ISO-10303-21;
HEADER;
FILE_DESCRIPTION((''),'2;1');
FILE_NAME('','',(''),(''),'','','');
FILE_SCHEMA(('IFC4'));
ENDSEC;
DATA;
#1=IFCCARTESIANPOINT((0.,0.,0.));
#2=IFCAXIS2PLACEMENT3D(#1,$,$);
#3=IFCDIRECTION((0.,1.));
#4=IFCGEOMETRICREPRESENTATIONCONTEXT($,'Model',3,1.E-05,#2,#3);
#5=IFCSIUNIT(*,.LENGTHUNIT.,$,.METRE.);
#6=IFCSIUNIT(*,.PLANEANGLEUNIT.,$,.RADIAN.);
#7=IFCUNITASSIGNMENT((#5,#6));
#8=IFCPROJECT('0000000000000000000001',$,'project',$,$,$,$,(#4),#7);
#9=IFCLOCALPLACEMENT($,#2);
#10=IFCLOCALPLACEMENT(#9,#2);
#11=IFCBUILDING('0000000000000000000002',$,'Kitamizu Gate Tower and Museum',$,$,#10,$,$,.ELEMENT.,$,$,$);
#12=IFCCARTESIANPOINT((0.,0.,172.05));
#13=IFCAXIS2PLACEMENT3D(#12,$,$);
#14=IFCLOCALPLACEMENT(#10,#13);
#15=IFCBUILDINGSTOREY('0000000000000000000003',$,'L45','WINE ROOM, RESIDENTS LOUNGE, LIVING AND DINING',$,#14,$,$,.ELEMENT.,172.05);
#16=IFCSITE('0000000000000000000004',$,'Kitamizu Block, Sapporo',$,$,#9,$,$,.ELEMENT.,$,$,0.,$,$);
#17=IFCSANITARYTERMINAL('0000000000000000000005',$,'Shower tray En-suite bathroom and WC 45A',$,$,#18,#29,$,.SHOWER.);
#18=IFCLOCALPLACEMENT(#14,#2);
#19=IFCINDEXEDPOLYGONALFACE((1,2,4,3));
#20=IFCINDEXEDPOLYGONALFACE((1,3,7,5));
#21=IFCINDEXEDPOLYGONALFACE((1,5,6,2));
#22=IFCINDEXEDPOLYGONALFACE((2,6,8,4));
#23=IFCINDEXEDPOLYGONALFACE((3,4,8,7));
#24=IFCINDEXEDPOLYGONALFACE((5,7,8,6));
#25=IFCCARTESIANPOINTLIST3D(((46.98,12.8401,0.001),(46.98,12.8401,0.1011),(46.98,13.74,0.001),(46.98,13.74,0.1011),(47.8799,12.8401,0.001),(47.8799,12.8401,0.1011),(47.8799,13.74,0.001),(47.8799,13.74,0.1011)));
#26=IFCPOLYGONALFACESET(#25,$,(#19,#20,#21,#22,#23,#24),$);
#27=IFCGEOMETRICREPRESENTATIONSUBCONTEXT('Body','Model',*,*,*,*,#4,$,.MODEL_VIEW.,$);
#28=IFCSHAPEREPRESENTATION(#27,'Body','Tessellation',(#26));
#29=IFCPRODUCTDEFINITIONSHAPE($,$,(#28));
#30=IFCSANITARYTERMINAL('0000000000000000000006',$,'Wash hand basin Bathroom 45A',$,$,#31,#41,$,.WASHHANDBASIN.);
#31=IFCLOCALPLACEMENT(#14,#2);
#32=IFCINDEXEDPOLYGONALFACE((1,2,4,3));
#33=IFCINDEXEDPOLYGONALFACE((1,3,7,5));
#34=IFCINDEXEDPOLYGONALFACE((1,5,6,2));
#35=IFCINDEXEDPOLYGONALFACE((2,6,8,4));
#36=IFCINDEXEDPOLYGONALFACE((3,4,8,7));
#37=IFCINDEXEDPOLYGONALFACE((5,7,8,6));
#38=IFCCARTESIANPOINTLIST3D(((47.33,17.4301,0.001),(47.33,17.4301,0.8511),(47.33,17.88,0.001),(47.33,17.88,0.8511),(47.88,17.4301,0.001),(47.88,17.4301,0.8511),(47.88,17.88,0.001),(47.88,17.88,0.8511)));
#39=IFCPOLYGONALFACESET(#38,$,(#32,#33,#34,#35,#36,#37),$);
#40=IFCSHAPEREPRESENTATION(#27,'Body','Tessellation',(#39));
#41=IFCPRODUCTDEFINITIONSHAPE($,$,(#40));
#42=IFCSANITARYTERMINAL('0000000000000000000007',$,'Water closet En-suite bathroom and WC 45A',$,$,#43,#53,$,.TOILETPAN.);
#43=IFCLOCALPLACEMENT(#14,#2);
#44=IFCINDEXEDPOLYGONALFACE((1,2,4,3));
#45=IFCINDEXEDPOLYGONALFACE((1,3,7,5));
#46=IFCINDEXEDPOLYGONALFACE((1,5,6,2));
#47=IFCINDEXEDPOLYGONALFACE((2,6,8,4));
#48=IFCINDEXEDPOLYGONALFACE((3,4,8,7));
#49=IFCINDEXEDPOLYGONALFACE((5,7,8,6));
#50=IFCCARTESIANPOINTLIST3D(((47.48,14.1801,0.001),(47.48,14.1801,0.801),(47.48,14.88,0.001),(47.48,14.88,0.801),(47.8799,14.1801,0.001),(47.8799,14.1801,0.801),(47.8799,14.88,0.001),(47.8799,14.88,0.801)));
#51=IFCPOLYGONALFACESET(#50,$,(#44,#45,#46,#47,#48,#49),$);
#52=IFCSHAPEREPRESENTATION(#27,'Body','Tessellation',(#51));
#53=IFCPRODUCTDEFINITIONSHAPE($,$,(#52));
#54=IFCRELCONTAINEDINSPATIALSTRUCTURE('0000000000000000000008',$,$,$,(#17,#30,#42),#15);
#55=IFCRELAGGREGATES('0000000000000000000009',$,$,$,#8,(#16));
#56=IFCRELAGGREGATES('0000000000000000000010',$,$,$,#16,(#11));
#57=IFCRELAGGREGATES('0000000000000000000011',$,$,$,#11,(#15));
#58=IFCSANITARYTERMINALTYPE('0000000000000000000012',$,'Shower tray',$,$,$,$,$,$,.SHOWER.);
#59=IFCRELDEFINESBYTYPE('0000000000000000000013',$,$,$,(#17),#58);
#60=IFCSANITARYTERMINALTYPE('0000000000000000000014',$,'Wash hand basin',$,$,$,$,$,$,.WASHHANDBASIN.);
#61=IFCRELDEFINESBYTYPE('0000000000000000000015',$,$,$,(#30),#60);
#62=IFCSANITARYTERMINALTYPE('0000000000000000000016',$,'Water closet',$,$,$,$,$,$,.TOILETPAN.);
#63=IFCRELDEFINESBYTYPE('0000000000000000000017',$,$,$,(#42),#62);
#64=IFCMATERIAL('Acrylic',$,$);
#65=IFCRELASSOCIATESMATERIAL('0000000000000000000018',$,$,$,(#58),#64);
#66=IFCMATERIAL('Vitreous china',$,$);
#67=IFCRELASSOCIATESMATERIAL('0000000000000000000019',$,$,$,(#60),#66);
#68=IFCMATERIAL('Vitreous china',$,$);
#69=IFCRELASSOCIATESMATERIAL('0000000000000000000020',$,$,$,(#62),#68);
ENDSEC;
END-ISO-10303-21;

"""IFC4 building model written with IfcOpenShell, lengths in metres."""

from ifc_helpers import new_model, si_unit, direction, frame, origin, origin_2d, place, context, subcontext, project, spatial, rectangle, extrude, material, type_object, element, save


model = new_model("IFC4")

# Units and contexts
model_context = context("Model", 3, precision=1e-05, world=origin(), true_north=direction((0.0, 1.0)))
body_context = subcontext(model_context, "Body", "Model", "MODEL_VIEW")
ifc_project = project(units=[si_unit("LENGTHUNIT", "METRE"), si_unit("PLANEANGLEUNIT", "RADIAN")], contexts=[model_context])

# Site, building, storey
site_placement = place(None, origin())
site = spatial("IfcSite", under=ifc_project, at=site_placement, Name="Kitamizu Block, Sapporo", CompositionType="ELEMENT", RefElevation=0.0)
building_placement = place(site_placement, origin())
building = spatial("IfcBuilding", under=site, at=building_placement, Name="Kitamizu Gate Tower and Museum", CompositionType="ELEMENT")
storey_placement = place(building_placement, frame((0.0, 0.0, 172.05)))
storey = spatial("IfcBuildingStorey", under=building, at=storey_placement, Name="L45", Description="WINE ROOM, RESIDENTS LOUNGE, LIVING AND DINING", CompositionType="ELEMENT", Elevation=172.05)

# Sanitary terminals
ifc_material_1 = material(Name="Acrylic")
sanitary_terminal_type_1 = type_object("IfcSanitaryTerminalType", Name="Shower tray", PredefinedType="SHOWER", material=ifc_material_1)
sanitary_terminal_1_placement = place(storey_placement, frame((47.4299, 13.29, 0.001), z_axis=(0.0, 0.0, 1.0), x_axis=(1.0, 0.0, 0.0)))
element("IfcSanitaryTerminal", 1, at=sanitary_terminal_1_placement, inside=storey, type_object=sanitary_terminal_type_1, Name="Shower tray En-suite bathroom and WC 45A", PredefinedType="SHOWER", context=body_context, shape_type="SweptSolid", body=[
    extrude(rectangle(XDim=0.8999, YDim=0.8999, at=origin_2d()), origin(), (0.0, 0.0, 1.0), 0.1001),
])
ifc_material_2 = material(Name="Vitreous china")
sanitary_terminal_type_2 = type_object("IfcSanitaryTerminalType", Name="Wash hand basin", PredefinedType="WASHHANDBASIN", material=ifc_material_2)
sanitary_terminal_2_placement = place(storey_placement, frame((47.605, 17.655, 0.001), z_axis=(0.0, 0.0, 1.0), x_axis=(1.0, 0.0, 0.0)))
element("IfcSanitaryTerminal", 2, at=sanitary_terminal_2_placement, inside=storey, type_object=sanitary_terminal_type_2, Name="Wash hand basin Bathroom 45A", PredefinedType="WASHHANDBASIN", context=body_context, shape_type="SweptSolid", body=[
    extrude(rectangle(XDim=0.55, YDim=0.45, at=origin_2d()), origin(), (0.0, 0.0, 1.0), 0.8501),
])
ifc_material_3 = material(Name="Vitreous china")
sanitary_terminal_type_3 = type_object("IfcSanitaryTerminalType", Name="Water closet", PredefinedType="TOILETPAN", material=ifc_material_3)
sanitary_terminal_3_placement = place(storey_placement, frame((47.6799, 14.53, 0.001), z_axis=(0.0, 0.0, 1.0), x_axis=(1.0, 0.0, 0.0)))
element("IfcSanitaryTerminal", 3, at=sanitary_terminal_3_placement, inside=storey, type_object=sanitary_terminal_type_3, Name="Water closet En-suite bathroom and WC 45A", PredefinedType="TOILETPAN", context=body_context, shape_type="SweptSolid", body=[
    extrude(rectangle(XDim=0.3999, YDim=0.7, at=origin_2d()), origin(), (0.0, 0.0, 1.0), 0.8),
])

save(model, "model.ifc")
